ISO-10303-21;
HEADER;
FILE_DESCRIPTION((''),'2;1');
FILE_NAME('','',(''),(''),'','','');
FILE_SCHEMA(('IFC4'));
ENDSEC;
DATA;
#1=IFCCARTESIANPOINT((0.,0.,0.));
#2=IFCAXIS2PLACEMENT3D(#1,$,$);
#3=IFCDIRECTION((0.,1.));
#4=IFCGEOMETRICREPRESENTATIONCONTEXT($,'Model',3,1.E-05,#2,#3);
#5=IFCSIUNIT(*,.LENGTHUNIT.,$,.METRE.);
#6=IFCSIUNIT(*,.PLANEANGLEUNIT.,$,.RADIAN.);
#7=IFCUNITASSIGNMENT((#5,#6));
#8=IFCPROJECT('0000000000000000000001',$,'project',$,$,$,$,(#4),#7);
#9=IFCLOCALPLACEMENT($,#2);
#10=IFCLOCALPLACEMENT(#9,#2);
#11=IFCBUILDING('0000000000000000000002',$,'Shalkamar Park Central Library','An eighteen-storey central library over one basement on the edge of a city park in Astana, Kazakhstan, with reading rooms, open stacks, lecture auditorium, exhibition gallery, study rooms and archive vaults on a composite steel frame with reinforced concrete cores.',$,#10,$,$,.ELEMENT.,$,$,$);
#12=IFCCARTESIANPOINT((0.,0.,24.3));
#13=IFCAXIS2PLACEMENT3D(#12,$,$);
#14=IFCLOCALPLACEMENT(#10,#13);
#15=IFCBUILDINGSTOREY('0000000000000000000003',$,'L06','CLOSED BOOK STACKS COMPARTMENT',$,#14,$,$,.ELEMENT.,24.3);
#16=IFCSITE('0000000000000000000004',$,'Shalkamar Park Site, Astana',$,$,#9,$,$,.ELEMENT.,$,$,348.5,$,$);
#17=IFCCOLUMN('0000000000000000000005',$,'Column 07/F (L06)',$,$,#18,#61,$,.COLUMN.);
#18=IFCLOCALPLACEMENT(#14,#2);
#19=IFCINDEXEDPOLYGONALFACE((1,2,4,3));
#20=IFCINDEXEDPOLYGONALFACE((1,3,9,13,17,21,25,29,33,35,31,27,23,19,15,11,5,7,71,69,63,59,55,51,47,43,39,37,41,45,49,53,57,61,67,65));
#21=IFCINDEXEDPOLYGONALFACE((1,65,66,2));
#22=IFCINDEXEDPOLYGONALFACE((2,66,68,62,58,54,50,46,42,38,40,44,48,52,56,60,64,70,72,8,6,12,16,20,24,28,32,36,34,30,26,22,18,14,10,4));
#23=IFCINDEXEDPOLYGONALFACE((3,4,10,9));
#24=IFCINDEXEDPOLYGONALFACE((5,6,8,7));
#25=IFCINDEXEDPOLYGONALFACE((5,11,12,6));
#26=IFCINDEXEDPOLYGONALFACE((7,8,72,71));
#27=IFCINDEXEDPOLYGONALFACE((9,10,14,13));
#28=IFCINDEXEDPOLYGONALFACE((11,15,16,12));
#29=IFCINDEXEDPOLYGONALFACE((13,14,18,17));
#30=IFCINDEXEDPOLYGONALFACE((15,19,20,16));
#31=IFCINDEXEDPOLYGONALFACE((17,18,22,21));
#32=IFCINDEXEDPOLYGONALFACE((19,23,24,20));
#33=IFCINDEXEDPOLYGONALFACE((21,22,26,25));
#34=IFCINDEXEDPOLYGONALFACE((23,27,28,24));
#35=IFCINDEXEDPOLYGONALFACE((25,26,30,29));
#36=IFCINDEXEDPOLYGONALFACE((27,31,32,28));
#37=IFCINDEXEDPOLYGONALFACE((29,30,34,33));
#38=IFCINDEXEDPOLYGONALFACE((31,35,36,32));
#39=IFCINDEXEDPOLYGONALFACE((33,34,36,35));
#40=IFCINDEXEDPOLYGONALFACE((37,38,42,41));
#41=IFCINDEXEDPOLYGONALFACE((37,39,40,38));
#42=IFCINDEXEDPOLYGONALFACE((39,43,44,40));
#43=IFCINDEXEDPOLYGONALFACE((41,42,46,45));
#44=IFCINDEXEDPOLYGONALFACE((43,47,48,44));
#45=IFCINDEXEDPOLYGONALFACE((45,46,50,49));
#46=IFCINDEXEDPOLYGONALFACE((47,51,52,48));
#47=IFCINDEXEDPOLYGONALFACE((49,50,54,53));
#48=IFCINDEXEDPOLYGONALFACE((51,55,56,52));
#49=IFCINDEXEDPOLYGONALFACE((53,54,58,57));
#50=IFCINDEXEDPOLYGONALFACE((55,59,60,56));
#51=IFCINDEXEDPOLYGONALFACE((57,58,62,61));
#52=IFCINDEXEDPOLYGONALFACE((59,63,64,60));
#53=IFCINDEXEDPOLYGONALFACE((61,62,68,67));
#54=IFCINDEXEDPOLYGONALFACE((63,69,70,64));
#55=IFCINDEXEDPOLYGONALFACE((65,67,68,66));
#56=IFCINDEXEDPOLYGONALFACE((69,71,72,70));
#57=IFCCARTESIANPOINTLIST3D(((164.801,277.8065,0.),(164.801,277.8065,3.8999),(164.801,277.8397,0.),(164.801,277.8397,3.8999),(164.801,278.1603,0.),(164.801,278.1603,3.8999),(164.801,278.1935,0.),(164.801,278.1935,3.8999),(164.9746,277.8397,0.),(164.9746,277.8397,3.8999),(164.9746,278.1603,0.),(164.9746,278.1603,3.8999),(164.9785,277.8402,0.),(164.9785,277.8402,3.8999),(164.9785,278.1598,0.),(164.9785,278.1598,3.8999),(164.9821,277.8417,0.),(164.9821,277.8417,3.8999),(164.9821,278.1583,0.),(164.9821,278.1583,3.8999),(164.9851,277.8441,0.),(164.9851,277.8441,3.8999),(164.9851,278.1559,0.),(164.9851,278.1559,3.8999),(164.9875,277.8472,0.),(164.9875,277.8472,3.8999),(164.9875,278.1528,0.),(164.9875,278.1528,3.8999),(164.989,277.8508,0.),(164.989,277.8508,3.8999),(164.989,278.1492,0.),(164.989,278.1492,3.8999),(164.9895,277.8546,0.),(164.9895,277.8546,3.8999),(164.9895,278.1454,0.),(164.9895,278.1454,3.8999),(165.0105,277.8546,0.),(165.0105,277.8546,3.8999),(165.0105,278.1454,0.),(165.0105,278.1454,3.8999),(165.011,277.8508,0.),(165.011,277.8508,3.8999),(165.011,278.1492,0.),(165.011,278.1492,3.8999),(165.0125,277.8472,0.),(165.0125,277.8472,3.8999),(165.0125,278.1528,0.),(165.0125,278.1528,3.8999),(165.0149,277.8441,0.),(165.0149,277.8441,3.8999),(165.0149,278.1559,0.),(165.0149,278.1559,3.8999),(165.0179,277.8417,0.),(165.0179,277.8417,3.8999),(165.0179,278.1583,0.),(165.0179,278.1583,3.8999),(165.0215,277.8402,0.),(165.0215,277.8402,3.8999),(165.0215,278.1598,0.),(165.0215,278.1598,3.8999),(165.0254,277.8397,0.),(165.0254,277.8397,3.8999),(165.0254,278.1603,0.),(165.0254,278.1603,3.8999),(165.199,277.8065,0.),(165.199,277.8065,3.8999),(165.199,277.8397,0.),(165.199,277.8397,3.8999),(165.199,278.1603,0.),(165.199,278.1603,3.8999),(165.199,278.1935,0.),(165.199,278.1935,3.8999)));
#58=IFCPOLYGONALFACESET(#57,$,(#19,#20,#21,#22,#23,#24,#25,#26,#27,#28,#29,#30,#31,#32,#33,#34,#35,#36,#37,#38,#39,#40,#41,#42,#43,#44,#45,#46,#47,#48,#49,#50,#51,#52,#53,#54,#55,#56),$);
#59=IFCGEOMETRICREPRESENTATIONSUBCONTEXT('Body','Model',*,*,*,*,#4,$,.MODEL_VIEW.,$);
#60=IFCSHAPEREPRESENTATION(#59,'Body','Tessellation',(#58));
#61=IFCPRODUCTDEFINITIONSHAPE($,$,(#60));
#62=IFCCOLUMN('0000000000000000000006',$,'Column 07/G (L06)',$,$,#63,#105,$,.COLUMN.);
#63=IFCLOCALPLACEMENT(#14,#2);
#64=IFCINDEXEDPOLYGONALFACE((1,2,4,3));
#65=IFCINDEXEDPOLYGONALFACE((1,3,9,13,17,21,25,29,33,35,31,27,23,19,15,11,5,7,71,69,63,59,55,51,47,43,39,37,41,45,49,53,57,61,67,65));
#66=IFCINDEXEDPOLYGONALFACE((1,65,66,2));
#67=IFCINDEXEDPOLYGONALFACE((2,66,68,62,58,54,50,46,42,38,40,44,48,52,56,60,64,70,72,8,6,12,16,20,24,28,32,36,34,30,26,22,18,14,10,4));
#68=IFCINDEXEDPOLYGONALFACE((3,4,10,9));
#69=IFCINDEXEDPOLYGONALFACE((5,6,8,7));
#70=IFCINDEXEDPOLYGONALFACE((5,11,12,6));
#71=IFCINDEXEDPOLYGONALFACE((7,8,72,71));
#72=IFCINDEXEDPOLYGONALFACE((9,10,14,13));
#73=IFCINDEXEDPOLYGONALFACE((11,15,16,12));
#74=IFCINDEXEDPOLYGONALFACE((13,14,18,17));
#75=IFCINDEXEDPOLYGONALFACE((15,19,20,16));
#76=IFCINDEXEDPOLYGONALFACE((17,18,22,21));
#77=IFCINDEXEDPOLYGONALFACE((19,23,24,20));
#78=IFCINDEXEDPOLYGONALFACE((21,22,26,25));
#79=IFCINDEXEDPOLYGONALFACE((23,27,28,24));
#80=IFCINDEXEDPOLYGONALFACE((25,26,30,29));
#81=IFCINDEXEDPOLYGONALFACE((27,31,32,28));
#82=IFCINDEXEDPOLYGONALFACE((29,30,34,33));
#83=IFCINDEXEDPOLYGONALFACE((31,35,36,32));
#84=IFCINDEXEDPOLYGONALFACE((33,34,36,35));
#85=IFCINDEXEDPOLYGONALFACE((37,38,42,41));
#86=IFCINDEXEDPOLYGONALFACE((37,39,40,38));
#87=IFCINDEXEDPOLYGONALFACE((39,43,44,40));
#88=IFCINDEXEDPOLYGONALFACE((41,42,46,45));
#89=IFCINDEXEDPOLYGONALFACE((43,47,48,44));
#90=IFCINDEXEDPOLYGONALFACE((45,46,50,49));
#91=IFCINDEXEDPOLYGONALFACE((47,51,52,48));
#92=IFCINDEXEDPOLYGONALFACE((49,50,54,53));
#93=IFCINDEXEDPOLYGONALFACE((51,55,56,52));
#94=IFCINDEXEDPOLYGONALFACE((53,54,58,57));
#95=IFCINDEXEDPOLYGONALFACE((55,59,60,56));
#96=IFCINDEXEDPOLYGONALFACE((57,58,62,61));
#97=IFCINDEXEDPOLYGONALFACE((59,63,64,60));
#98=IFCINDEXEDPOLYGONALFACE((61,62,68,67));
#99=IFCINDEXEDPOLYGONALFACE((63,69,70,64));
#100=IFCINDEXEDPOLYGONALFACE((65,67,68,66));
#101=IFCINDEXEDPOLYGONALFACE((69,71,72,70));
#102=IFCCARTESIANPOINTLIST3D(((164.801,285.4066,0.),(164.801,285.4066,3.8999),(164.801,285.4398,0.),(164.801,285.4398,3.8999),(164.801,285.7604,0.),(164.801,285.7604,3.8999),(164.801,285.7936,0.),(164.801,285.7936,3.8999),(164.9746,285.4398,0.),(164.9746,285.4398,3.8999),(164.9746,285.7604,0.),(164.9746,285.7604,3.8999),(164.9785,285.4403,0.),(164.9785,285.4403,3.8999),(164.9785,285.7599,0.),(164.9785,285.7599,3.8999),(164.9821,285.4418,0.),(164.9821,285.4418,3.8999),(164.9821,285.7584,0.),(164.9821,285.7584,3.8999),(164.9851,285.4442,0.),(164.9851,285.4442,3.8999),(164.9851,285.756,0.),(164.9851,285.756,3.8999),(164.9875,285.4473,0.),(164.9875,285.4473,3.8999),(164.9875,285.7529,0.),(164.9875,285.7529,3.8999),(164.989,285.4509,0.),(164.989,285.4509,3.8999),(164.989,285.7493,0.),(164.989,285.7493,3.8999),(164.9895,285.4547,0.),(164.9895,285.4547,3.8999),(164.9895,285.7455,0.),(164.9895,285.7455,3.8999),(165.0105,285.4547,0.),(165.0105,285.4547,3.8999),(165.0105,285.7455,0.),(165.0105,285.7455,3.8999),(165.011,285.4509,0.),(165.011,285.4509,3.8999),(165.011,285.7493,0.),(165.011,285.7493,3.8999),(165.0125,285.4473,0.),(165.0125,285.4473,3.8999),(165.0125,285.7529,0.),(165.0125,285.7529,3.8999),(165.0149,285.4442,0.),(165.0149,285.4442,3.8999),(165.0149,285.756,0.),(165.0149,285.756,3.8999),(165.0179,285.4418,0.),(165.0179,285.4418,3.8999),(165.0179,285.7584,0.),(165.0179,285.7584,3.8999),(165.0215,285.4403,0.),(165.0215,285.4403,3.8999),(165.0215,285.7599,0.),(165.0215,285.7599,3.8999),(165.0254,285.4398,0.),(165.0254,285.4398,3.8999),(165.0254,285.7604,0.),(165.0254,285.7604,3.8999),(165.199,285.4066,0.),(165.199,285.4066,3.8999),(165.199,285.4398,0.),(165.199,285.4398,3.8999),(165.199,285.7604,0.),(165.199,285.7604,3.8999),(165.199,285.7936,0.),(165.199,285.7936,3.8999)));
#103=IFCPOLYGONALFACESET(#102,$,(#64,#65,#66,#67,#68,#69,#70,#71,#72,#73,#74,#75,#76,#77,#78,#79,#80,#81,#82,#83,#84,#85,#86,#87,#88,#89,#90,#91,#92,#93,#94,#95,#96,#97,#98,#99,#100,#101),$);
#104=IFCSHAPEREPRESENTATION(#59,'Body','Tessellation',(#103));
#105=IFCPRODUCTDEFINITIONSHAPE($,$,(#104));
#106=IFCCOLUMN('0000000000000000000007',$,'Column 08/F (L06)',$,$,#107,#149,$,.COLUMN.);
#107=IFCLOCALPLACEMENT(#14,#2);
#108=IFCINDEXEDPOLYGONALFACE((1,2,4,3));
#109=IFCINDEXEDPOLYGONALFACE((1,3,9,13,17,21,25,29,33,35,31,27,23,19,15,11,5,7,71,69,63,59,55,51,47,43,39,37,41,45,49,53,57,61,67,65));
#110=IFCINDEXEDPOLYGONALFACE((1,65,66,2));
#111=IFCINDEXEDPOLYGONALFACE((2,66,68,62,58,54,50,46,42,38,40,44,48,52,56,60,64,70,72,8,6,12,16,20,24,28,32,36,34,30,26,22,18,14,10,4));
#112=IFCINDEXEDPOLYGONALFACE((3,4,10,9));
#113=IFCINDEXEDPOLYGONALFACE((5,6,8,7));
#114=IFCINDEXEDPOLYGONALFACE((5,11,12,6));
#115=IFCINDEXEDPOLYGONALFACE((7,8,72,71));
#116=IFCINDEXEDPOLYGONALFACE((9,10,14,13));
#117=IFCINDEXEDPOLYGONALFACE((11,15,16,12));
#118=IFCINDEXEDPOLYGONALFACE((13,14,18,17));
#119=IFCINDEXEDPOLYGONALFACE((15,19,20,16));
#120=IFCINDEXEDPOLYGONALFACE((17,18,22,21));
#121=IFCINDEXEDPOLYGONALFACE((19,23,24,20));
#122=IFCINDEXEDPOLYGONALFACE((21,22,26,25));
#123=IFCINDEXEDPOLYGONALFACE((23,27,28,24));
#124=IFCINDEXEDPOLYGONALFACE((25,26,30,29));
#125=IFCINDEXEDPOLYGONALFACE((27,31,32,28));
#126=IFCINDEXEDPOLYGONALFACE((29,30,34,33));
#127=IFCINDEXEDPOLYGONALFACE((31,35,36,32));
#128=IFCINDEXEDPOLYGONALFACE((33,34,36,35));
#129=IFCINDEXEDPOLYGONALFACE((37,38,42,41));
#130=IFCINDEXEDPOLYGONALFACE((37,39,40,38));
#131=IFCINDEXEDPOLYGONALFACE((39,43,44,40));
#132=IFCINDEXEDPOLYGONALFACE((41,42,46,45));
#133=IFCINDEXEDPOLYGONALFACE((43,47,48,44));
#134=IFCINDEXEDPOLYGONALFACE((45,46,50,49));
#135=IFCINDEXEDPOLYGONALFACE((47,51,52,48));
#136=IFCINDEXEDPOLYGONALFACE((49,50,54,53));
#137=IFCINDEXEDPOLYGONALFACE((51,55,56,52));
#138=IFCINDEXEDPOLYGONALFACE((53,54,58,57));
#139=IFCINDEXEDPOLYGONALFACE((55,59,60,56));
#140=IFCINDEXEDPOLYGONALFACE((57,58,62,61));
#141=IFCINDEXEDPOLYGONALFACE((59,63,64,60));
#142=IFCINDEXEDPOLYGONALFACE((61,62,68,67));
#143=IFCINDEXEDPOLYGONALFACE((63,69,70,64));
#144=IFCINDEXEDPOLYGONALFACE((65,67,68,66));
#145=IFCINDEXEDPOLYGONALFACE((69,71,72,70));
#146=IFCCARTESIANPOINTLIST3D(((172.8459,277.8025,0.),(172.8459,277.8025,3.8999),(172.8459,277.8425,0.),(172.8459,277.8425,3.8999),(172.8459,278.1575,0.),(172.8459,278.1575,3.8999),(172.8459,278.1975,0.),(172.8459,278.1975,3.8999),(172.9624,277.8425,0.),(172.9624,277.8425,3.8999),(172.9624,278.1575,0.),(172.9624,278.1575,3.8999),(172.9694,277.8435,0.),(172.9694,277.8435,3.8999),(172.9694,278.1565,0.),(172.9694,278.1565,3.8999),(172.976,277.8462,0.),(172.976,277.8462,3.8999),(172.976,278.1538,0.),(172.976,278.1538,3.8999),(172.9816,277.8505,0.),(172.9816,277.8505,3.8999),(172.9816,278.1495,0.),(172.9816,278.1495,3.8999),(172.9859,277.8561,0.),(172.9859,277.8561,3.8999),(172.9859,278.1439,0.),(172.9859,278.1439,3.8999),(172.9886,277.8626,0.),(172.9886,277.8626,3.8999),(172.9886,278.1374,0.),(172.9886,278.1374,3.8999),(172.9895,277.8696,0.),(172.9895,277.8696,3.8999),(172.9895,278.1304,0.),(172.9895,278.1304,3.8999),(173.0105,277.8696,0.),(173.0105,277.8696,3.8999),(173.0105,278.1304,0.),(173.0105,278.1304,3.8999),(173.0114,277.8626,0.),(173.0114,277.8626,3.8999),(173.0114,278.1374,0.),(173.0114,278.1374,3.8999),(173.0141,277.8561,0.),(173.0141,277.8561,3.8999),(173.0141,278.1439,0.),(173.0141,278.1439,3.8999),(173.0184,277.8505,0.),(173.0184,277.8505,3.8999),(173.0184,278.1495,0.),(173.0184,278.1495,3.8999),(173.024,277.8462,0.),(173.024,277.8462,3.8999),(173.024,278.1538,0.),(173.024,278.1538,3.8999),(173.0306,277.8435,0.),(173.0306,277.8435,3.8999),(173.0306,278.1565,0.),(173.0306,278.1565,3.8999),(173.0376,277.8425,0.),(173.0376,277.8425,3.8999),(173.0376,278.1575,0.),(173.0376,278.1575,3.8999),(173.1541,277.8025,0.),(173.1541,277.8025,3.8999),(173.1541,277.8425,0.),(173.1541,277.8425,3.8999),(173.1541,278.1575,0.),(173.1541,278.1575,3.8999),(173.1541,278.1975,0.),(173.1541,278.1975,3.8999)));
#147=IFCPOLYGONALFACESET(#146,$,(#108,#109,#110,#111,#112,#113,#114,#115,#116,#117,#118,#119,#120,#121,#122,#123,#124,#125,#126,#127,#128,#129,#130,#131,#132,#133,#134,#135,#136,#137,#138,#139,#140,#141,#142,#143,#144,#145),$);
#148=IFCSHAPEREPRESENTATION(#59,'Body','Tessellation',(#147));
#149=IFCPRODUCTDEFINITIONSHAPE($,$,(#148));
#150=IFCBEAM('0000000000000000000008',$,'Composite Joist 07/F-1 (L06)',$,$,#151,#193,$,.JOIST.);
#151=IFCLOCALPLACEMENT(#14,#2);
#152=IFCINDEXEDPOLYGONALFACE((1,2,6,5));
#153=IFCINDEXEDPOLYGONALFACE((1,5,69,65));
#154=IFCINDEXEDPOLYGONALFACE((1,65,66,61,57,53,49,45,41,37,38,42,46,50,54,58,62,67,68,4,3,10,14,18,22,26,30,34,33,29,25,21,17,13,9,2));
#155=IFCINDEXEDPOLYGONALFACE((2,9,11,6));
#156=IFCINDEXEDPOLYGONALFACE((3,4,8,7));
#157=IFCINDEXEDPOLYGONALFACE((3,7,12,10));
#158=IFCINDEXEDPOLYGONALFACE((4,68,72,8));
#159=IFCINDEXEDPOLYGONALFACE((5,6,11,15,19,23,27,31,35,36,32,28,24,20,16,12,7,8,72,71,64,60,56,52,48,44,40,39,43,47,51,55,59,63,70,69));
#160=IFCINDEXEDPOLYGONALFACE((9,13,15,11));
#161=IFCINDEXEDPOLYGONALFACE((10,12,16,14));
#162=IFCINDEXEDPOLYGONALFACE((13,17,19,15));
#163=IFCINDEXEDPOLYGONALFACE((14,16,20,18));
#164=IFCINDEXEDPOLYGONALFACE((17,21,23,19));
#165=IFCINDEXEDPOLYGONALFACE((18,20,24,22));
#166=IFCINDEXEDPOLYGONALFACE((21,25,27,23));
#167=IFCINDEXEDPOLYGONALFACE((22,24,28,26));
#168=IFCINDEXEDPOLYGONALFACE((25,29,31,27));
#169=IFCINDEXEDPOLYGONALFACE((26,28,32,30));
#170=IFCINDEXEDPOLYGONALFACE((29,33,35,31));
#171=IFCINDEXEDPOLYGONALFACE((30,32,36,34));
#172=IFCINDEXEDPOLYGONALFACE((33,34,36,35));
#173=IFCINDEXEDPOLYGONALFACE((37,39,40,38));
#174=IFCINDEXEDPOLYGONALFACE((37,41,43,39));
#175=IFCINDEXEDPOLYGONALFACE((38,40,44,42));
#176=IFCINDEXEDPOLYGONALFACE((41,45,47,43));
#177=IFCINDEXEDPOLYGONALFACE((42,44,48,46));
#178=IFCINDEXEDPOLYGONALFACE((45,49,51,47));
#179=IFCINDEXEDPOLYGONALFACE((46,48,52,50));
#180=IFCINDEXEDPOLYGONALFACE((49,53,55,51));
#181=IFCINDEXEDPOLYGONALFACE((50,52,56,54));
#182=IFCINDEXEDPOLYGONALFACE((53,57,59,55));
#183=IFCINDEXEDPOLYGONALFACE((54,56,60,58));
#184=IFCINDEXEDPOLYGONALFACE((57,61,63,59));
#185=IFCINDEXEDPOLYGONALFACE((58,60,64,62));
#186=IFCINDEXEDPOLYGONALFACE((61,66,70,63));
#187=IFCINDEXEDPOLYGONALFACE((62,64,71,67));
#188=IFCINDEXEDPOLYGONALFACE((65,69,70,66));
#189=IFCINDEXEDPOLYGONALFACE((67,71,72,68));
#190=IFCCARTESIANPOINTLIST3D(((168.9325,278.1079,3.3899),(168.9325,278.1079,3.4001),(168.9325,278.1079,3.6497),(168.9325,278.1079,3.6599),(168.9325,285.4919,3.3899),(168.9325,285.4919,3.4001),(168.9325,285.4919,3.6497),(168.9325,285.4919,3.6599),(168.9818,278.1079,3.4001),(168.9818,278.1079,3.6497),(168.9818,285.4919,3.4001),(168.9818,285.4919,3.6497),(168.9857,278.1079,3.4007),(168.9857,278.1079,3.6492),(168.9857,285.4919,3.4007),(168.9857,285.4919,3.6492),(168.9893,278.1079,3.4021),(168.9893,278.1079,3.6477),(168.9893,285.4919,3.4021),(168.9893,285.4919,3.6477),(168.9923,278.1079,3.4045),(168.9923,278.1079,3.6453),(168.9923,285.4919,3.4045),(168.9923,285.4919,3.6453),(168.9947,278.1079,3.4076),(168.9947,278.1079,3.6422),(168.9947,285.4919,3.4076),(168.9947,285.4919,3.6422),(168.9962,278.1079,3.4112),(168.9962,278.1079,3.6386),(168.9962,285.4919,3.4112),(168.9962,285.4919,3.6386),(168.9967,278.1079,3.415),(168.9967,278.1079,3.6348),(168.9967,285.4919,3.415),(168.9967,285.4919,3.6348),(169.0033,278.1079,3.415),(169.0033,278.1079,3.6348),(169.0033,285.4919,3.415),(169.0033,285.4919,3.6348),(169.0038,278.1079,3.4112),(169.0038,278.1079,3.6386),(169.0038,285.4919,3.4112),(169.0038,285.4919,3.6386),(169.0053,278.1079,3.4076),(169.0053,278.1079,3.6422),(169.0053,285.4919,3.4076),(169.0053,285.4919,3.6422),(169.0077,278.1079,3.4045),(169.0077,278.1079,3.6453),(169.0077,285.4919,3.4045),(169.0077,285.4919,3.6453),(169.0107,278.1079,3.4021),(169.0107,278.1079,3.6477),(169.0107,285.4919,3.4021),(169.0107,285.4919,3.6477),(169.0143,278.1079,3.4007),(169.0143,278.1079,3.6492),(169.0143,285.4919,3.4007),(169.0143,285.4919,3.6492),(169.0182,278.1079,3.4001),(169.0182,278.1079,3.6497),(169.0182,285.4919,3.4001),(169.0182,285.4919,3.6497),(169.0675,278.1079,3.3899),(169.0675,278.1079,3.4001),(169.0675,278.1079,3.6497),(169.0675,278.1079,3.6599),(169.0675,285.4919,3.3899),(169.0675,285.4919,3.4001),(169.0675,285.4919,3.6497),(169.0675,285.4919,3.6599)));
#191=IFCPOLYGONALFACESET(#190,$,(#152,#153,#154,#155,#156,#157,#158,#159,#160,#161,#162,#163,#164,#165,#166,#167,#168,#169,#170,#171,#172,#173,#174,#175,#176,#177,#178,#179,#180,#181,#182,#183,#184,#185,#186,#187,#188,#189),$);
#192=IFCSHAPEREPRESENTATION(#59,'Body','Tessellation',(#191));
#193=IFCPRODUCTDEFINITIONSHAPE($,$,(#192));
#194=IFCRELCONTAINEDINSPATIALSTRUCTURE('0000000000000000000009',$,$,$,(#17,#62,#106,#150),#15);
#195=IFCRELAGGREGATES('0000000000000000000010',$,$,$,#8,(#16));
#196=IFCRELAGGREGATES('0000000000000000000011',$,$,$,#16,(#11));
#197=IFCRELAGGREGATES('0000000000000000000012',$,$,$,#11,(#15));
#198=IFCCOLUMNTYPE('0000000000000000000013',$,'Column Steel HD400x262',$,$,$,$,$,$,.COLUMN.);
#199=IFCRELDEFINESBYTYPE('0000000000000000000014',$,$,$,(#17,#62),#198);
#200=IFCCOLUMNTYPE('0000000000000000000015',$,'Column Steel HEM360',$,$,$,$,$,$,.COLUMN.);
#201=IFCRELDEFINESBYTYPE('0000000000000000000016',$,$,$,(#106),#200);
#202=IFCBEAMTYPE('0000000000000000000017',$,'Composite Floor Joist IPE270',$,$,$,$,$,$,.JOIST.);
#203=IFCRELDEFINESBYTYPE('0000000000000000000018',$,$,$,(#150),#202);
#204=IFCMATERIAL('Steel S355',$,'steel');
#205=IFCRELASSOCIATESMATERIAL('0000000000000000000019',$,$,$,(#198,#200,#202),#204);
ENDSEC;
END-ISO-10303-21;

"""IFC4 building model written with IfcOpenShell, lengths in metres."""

from ifc_helpers import new_model, si_unit, direction, frame, origin, origin_2d, place, context, subcontext, project, spatial, i_section, extrude, material, material_profile, profile_set, type_object, element, save


model = new_model("IFC4")

# Units and contexts
model_context = context("Model", 3, precision=1e-05, world=origin(), true_north=direction((0.0, 1.0)))
body_context = subcontext(model_context, "Body", "Model", "MODEL_VIEW")
ifc_project = project(units=[si_unit("LENGTHUNIT", "METRE"), si_unit("PLANEANGLEUNIT", "RADIAN")], contexts=[model_context])

# Site, building, storey
site_placement = place(None, origin())
site = spatial("IfcSite", under=ifc_project, at=site_placement, Name="Shalkamar Park Site, Astana", CompositionType="ELEMENT", RefElevation=348.5)
building_placement = place(site_placement, origin())
building = spatial("IfcBuilding", under=site, at=building_placement, Name="Shalkamar Park Central Library", Description="An eighteen-storey central library over one basement on the edge of a city park in Astana, Kazakhstan, with reading rooms, open stacks, lecture auditorium, exhibition gallery, study rooms and archive vaults on a composite steel frame with reinforced concrete cores.", CompositionType="ELEMENT")
storey_placement = place(building_placement, frame((0.0, 0.0, 24.3)))
storey = spatial("IfcBuildingStorey", under=building, at=storey_placement, Name="L06", Description="CLOSED BOOK STACKS COMPARTMENT", CompositionType="ELEMENT", Elevation=24.3)

# Columns
ifc_material_1 = material(Name="Steel S355", Category="steel")
ifc_material_profile_1 = material_profile(ifc_material_1, i_section(OverallWidth=0.3979, OverallDepth=0.387, WebThickness=0.021, FlangeThickness=0.0332, FilletRadius=0.0149, at=origin_2d()), Name="HD 400x262")
ifc_profile_set_1 = profile_set([ifc_material_profile_1], Name="Steel S355")
column_type_1 = type_object("IfcColumnType", Name="Column Steel HD400x262", PredefinedType="COLUMN", material=ifc_profile_set_1)
for number, where, z_axis, x_axis, name in (
    (1, (165.0, 278.0, 0.0), (0.0, 0.0, 1.0), (1.0, 0.0, 0.0), "Column 07/F (L06)"),
    (2, (165.0, 285.6001, 0.0), (0.0, 0.0, 1.0), (1.0, 0.0, 0.0), "Column 07/G (L06)"),
):
    element("IfcColumn", number, at=place(storey_placement, frame(where, z_axis=z_axis, x_axis=x_axis)), inside=storey, type_object=column_type_1, Name=name, PredefinedType="COLUMN", context=body_context, shape_type="SweptSolid", body=[
        extrude(i_section(OverallWidth=0.3979, OverallDepth=0.387, WebThickness=0.021, FlangeThickness=0.0332, FilletRadius=0.0149, at=origin_2d()), origin(), (0.0, 0.0, 1.0), 3.8999),
    ])
ifc_material_profile_2 = material_profile(ifc_material_1, i_section(OverallWidth=0.3081, OverallDepth=0.395, WebThickness=0.021, FlangeThickness=0.04, FilletRadius=0.0271, at=origin_2d()), Name="HEM 360")
ifc_profile_set_2 = profile_set([ifc_material_profile_2], Name="Steel S355")
column_type_2 = type_object("IfcColumnType", Name="Column Steel HEM360", PredefinedType="COLUMN", material=ifc_profile_set_2)
column_placement = place(storey_placement, frame((173.0, 278.0, 0.0), z_axis=(0.0, 0.0, 1.0), x_axis=(1.0, 0.0, 0.0)))
element("IfcColumn", 3, at=column_placement, inside=storey, type_object=column_type_2, Name="Column 08/F (L06)", PredefinedType="COLUMN", context=body_context, shape_type="SweptSolid", body=[
    extrude(i_section(OverallWidth=0.3081, OverallDepth=0.395, WebThickness=0.021, FlangeThickness=0.04, FilletRadius=0.0271, at=origin_2d()), origin(), (0.0, 0.0, 1.0), 3.8999),
])

# Beam
ifc_material_profile_3 = material_profile(ifc_material_1, i_section(OverallWidth=0.135, OverallDepth=0.27, WebThickness=0.0066, FlangeThickness=0.0103, FilletRadius=0.0149, at=origin_2d()), Name="IPE 270")
ifc_profile_set_3 = profile_set([ifc_material_profile_3], Name="Steel S355")
beam_type_1 = type_object("IfcBeamType", Name="Composite Floor Joist IPE270", PredefinedType="JOIST", material=ifc_profile_set_3)
for number, where, z_axis, x_axis, name in (
    (4, (169.0, 278.1079, 3.5249), (0.0, 1.0, 0.0), (-1.0, 0.0, 0.0), "Composite Joist 07/F-1 (L06)"),
):
    element("IfcBeam", number, at=place(storey_placement, frame(where, z_axis=z_axis, x_axis=x_axis)), inside=storey, type_object=beam_type_1, Name=name, PredefinedType="JOIST", context=body_context, shape_type="SweptSolid", body=[
        extrude(i_section(OverallWidth=0.135, OverallDepth=0.27, WebThickness=0.0066, FlangeThickness=0.0103, FilletRadius=0.0149, at=origin_2d()), origin(), (0.0, 0.0, 1.0), 7.384),
    ])

save(model, "model.ifc")
